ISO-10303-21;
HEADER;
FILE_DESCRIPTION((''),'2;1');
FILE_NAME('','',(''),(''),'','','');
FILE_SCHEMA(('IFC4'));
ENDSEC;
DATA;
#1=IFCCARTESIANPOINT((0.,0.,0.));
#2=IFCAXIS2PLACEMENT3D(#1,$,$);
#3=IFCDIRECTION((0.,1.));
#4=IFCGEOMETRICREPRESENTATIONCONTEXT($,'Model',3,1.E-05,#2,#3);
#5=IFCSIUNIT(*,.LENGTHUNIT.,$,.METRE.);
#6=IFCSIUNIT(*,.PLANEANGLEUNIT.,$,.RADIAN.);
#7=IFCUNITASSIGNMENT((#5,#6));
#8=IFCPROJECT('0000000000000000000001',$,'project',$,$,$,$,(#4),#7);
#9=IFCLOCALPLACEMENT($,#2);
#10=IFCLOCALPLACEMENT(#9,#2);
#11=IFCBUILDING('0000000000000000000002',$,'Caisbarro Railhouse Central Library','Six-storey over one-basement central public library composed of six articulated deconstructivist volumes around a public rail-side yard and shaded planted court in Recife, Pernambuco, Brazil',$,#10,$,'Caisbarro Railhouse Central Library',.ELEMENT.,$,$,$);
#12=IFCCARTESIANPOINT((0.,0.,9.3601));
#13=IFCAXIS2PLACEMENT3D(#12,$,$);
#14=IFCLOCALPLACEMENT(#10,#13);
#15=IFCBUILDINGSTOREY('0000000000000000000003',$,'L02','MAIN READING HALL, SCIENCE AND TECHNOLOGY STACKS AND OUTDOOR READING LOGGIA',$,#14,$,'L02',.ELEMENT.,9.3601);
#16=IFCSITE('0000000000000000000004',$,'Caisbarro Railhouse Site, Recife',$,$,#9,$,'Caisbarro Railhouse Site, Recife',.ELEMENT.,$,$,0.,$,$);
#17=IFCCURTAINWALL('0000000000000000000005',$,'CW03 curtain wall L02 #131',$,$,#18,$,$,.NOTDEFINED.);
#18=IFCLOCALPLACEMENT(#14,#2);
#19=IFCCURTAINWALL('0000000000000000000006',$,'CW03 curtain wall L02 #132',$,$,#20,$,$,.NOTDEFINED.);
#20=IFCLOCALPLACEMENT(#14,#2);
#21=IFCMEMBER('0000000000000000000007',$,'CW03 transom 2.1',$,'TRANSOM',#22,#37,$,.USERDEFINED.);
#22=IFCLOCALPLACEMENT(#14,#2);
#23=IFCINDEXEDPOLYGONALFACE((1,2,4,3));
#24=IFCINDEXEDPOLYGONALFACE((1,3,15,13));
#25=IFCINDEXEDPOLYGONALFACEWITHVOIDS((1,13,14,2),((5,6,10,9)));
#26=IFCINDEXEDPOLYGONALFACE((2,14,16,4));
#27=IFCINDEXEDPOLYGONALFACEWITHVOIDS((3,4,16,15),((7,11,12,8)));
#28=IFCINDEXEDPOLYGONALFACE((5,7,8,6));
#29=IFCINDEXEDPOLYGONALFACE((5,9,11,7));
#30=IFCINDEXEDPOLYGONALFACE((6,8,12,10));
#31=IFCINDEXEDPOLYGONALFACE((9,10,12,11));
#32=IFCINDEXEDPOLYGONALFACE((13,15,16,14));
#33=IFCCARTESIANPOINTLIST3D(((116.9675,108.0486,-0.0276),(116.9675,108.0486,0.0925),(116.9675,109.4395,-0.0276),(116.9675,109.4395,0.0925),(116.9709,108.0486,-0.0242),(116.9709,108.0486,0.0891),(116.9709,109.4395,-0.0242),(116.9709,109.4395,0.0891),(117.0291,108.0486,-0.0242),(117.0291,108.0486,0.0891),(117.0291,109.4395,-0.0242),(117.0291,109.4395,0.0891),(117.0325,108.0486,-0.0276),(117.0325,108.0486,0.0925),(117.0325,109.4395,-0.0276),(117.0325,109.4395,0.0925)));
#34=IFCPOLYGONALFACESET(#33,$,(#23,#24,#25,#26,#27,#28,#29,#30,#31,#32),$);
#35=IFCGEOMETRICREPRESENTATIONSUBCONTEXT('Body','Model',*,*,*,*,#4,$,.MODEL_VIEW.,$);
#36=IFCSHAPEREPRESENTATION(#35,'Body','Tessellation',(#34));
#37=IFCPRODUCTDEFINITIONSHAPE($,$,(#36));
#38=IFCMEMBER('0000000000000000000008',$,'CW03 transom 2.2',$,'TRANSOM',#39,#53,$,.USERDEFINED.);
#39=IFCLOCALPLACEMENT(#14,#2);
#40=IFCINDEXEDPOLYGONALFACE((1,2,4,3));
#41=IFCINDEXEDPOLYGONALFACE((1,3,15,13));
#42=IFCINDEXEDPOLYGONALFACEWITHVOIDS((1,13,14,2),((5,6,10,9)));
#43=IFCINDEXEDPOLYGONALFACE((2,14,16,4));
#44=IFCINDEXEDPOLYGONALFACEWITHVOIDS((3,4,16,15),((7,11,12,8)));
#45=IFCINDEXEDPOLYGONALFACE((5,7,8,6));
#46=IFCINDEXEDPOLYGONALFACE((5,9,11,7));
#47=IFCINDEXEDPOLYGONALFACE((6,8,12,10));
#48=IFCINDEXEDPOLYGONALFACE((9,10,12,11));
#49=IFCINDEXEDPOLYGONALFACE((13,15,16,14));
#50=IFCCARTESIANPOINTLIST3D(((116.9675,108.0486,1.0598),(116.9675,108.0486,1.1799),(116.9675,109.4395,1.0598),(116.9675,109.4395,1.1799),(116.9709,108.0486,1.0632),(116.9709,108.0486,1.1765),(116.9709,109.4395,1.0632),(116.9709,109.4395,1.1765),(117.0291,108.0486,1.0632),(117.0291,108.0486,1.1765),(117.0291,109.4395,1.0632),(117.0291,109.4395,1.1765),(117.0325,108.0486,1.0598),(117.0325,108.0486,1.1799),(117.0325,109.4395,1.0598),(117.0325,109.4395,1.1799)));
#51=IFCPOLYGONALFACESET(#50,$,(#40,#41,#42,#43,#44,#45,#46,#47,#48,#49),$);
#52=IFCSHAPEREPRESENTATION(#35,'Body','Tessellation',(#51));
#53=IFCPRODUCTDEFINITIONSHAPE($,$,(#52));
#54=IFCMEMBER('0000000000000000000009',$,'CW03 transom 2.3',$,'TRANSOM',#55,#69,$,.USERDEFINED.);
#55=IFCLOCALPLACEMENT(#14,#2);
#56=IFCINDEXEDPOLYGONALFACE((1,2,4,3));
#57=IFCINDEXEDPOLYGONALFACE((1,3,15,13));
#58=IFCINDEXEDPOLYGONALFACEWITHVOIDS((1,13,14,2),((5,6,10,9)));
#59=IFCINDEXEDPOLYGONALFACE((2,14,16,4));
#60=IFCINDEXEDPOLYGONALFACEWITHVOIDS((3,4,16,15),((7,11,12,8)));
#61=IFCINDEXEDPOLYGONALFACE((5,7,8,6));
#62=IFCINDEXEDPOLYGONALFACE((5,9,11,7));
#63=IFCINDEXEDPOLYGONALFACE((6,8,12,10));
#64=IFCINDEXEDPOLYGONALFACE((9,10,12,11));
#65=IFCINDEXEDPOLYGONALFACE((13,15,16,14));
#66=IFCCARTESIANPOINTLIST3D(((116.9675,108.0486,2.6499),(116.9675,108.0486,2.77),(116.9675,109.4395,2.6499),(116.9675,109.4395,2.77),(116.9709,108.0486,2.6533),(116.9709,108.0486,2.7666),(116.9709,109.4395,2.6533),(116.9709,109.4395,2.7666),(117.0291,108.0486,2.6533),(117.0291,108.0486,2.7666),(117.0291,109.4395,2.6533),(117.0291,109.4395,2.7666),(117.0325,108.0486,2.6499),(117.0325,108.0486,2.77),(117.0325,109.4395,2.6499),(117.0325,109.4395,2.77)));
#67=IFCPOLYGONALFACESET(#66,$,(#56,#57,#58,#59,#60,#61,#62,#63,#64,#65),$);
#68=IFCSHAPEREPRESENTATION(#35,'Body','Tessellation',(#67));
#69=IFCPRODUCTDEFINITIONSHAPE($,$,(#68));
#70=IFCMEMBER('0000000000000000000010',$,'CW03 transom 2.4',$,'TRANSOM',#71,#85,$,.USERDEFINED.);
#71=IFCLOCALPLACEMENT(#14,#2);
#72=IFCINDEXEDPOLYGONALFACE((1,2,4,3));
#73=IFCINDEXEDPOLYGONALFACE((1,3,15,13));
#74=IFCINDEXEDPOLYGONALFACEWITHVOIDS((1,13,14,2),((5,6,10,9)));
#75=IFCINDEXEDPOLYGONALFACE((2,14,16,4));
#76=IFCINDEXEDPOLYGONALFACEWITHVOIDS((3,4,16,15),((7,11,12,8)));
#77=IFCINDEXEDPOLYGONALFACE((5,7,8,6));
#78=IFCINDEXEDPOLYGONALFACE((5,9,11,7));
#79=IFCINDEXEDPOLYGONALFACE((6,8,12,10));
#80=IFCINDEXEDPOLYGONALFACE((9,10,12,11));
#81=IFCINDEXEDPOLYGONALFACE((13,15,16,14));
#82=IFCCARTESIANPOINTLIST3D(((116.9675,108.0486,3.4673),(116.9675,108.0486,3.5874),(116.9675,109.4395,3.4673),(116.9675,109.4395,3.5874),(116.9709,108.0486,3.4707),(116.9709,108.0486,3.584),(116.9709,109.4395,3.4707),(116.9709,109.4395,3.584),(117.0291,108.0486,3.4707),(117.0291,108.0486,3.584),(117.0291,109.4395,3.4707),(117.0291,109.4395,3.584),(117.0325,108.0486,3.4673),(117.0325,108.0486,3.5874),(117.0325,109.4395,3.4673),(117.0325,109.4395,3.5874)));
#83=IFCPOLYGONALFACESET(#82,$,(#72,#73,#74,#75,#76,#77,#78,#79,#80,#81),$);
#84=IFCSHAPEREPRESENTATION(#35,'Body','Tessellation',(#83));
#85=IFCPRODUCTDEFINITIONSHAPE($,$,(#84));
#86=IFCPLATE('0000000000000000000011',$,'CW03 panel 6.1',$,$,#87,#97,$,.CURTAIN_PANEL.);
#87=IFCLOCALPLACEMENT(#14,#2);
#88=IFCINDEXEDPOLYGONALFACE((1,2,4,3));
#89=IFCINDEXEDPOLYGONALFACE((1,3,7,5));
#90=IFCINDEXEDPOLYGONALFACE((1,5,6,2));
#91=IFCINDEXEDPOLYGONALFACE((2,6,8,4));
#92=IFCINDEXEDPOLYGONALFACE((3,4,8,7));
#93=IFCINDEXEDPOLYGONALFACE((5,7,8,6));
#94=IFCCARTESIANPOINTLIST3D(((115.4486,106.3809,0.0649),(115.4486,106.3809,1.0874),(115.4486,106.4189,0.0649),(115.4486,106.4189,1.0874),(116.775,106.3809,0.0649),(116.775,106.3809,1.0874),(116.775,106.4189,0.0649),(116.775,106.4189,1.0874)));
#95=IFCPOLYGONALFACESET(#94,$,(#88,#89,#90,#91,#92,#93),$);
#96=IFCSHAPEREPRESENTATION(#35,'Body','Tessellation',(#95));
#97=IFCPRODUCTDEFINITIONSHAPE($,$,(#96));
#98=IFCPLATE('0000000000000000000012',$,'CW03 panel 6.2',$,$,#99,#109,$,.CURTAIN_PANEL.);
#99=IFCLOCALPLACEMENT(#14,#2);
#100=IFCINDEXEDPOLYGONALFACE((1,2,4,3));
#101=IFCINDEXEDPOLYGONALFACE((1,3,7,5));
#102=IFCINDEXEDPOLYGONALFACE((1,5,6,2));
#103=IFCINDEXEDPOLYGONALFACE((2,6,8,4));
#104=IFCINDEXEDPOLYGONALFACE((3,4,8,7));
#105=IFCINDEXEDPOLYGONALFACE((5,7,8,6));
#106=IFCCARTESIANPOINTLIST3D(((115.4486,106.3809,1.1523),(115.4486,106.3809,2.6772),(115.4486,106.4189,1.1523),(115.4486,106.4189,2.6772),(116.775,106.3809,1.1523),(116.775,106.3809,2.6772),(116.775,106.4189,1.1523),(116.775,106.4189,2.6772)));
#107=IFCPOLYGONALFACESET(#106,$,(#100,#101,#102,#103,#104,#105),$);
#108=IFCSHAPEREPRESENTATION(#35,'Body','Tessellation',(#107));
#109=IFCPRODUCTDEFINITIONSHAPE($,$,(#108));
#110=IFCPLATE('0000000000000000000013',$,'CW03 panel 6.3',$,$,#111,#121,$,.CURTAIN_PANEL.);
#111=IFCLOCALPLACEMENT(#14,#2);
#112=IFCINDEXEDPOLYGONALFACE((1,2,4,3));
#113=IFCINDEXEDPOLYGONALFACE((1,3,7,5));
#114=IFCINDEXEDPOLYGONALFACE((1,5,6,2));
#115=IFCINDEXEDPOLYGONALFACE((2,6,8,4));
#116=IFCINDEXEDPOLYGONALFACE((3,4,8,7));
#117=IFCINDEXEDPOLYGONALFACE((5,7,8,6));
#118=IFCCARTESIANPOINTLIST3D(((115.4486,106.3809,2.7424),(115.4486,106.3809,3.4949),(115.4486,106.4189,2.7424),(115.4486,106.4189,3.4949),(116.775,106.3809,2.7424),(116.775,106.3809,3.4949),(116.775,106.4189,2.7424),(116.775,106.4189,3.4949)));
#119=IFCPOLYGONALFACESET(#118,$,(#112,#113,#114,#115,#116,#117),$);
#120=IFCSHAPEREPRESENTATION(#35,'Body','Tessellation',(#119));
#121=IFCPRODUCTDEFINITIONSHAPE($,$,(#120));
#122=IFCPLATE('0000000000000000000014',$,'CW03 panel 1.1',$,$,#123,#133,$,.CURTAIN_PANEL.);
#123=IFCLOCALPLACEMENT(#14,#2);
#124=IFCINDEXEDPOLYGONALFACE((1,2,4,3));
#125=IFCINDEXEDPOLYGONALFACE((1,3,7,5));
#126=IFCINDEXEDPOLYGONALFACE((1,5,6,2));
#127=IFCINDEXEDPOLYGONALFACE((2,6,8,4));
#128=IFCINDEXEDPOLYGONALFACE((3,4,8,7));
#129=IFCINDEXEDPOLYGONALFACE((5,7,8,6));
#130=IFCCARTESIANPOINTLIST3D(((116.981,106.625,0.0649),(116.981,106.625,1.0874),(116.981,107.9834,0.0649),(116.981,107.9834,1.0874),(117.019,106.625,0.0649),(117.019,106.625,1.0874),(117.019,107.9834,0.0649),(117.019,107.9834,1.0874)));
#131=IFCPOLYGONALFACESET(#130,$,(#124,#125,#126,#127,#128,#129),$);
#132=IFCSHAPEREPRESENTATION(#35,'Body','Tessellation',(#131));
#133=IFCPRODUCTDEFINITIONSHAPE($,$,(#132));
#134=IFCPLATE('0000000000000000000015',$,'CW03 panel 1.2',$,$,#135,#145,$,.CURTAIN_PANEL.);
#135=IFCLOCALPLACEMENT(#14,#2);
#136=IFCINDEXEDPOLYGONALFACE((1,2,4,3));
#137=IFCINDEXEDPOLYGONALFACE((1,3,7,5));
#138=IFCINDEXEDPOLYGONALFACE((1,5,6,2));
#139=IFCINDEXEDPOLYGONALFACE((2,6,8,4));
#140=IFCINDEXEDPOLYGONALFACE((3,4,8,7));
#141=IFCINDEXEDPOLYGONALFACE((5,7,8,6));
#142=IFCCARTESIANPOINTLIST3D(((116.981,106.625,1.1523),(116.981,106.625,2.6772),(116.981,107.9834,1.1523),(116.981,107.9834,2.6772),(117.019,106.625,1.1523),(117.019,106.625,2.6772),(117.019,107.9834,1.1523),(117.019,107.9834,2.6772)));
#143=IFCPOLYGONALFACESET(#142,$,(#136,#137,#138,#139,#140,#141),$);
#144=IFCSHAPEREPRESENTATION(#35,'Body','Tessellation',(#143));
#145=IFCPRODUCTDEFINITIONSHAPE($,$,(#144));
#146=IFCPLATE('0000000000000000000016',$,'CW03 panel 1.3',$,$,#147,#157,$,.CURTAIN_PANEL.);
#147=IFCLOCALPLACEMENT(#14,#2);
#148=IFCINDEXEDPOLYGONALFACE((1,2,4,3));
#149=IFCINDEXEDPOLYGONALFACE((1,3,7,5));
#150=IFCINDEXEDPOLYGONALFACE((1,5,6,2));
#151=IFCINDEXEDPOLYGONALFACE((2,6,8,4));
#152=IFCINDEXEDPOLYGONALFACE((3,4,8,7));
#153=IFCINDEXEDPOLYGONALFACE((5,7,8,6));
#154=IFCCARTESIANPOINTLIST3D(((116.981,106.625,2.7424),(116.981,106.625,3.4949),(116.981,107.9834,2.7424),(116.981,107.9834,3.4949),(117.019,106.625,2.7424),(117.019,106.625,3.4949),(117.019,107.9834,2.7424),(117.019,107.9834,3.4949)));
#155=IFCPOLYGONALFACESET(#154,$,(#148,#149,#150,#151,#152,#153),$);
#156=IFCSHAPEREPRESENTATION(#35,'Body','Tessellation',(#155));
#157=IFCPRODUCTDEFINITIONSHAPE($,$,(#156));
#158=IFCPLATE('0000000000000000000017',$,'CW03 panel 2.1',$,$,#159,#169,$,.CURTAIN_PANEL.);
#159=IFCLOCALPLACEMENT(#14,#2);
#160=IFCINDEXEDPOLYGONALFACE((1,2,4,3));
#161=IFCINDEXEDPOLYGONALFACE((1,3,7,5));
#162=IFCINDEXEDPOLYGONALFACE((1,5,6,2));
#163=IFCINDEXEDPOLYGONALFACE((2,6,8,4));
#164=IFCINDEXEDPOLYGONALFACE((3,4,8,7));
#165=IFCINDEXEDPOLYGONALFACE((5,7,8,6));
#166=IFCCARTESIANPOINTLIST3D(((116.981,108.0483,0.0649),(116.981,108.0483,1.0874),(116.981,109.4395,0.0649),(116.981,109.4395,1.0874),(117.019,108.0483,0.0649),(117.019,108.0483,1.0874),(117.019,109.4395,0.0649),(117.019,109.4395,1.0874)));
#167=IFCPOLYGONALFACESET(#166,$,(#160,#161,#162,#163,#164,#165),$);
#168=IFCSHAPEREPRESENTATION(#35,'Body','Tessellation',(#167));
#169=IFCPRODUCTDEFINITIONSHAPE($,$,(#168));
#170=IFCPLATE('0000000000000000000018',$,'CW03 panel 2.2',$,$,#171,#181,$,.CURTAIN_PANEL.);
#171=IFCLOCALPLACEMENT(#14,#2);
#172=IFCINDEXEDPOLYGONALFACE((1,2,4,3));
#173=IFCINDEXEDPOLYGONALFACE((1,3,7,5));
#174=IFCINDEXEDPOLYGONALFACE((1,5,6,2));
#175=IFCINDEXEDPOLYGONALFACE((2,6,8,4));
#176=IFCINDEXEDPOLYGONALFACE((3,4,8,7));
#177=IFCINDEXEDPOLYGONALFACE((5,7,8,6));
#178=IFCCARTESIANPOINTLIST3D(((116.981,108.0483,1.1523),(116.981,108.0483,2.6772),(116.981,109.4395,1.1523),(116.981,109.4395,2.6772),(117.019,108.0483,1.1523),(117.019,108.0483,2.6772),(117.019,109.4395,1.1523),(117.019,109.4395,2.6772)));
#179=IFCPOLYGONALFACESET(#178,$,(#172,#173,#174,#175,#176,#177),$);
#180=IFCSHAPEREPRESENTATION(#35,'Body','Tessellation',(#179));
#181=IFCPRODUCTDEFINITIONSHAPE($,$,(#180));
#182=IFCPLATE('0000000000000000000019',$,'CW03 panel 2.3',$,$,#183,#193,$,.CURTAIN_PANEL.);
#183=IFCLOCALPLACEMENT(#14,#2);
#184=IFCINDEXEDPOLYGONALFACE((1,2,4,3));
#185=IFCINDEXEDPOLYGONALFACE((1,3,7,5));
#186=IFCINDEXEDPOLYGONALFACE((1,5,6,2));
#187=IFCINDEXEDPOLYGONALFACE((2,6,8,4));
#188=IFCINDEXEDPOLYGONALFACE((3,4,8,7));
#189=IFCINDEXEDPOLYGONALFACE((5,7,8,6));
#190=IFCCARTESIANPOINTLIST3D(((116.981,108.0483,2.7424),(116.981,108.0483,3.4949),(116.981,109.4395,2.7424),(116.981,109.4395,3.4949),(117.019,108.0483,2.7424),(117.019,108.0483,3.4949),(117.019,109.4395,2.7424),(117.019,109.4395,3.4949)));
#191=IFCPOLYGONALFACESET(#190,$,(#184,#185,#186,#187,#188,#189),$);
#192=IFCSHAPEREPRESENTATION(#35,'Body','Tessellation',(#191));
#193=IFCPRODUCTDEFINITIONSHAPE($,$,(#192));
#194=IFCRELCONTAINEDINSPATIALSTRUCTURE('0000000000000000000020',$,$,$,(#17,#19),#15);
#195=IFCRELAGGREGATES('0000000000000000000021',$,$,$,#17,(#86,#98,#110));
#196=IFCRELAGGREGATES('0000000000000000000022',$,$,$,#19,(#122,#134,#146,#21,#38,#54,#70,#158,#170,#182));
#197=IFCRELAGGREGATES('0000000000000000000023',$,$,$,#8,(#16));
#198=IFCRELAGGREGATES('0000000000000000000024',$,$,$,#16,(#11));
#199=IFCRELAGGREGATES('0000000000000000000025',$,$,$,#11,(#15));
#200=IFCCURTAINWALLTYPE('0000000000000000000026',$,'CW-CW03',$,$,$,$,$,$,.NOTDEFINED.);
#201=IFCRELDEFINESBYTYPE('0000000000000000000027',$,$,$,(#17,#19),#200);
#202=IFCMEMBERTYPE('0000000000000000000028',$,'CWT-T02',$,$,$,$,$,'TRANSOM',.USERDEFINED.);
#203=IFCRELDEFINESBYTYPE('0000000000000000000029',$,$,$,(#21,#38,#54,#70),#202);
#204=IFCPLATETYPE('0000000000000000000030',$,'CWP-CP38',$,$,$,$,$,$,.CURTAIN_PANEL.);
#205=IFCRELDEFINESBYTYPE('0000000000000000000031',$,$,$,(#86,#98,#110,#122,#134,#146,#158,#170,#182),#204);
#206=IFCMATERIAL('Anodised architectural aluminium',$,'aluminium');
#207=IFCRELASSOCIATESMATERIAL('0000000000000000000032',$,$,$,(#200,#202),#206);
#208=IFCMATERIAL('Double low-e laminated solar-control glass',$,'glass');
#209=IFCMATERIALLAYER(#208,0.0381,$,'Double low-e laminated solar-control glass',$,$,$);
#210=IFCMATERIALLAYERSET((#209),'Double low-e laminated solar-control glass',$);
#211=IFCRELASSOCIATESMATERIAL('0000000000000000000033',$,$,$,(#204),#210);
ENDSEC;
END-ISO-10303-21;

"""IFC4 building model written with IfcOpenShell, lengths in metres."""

from ifc_helpers import new_model, si_unit, direction, frame, origin, origin_2d, place, context, subcontext, project, spatial, rectangle, hollow_rectangle, extrude, material, layer, layer_set, material_profile, profile_set, type_object, element, aggregate, save


model = new_model("IFC4")

# Units and contexts
model_context = context("Model", 3, precision=1e-05, world=origin(), true_north=direction((0.0, 1.0)))
body_context = subcontext(model_context, "Body", "Model", "MODEL_VIEW")
ifc_project = project(units=[si_unit("LENGTHUNIT", "METRE"), si_unit("PLANEANGLEUNIT", "RADIAN")], contexts=[model_context])

# Site, building, storey
site_placement = place(None, origin())
site = spatial("IfcSite", under=ifc_project, at=site_placement, Name="Caisbarro Railhouse Site, Recife", LongName="Caisbarro Railhouse Site, Recife", CompositionType="ELEMENT", RefElevation=0.0)
building_placement = place(site_placement, origin())
building = spatial("IfcBuilding", under=site, at=building_placement, Name="Caisbarro Railhouse Central Library", Description="Six-storey over one-basement central public library composed of six articulated deconstructivist volumes around a public rail-side yard and shaded planted court in Recife, Pernambuco, Brazil", LongName="Caisbarro Railhouse Central Library", CompositionType="ELEMENT")
storey_placement = place(building_placement, frame((0.0, 0.0, 9.3601)))
storey = spatial("IfcBuildingStorey", under=building, at=storey_placement, Name="L02", Description="MAIN READING HALL, SCIENCE AND TECHNOLOGY STACKS AND OUTDOOR READING LOGGIA", LongName="L02", CompositionType="ELEMENT", Elevation=9.3601)

# Curtain wall
ifc_material_1 = material(Name="Anodised architectural aluminium", Category="aluminium")
curtain_wall_type = type_object("IfcCurtainWallType", Name="CW-CW03", PredefinedType="NOTDEFINED", material=ifc_material_1)
curtain_wall_1_placement = place(storey_placement, origin())
curtain_wall_1 = element("IfcCurtainWall", 1, at=curtain_wall_1_placement, inside=storey, type_object=curtain_wall_type, Name="CW03 curtain wall L02 #131", PredefinedType="NOTDEFINED")

# Curtain wall
curtain_wall_2_placement = place(storey_placement, origin())
curtain_wall_2 = element("IfcCurtainWall", 2, at=curtain_wall_2_placement, inside=storey, type_object=curtain_wall_type, Name="CW03 curtain wall L02 #132", PredefinedType="NOTDEFINED")

# Members
ifc_material_profile_1 = material_profile(ifc_material_1, hollow_rectangle(XDim=0.0649, YDim=0.1201, WallThickness=0.0034, at=origin_2d()), Name="ALU-TRN-65X120")
ifc_profile_set_1 = profile_set([ifc_material_profile_1], Name="Anodised architectural aluminium")
member_type_1 = type_object("IfcMemberType", Name="CWT-T02", ElementType="TRANSOM", PredefinedType="USERDEFINED", material=ifc_profile_set_1)
member_1_placement = place(storey_placement, frame((117.0, 108.0486, 0.0325), z_axis=(0.0, 1.0, 0.0), x_axis=(-1.0, 0.0, 0.0)))
member_1 = element("IfcMember", 3, at=member_1_placement, type_object=member_type_1, Name="CW03 transom 2.1", ObjectType="TRANSOM", PredefinedType="USERDEFINED", context=body_context, shape_type="SweptSolid", body=[
    extrude(hollow_rectangle(XDim=0.0649, YDim=0.1201, WallThickness=0.0034, at=origin_2d()), origin(), (0.0, 0.0, 1.0), 1.3909),
])
member_2_placement = place(storey_placement, frame((117.0, 108.0486, 1.1199), z_axis=(0.0, 1.0, 0.0), x_axis=(-1.0, 0.0, 0.0)))
member_2 = element("IfcMember", 4, at=member_2_placement, type_object=member_type_1, Name="CW03 transom 2.2", ObjectType="TRANSOM", PredefinedType="USERDEFINED", context=body_context, shape_type="SweptSolid", body=[
    extrude(hollow_rectangle(XDim=0.0649, YDim=0.1201, WallThickness=0.0034, at=origin_2d()), origin(), (0.0, 0.0, 1.0), 1.3909),
])
member_3_placement = place(storey_placement, frame((117.0, 108.0486, 2.71), z_axis=(0.0, 1.0, 0.0), x_axis=(-1.0, 0.0, 0.0)))
member_3 = element("IfcMember", 5, at=member_3_placement, type_object=member_type_1, Name="CW03 transom 2.3", ObjectType="TRANSOM", PredefinedType="USERDEFINED", context=body_context, shape_type="SweptSolid", body=[
    extrude(hollow_rectangle(XDim=0.0649, YDim=0.1201, WallThickness=0.0034, at=origin_2d()), origin(), (0.0, 0.0, 1.0), 1.3909),
])
member_4_placement = place(storey_placement, frame((117.0, 108.0486, 3.5273), z_axis=(0.0, 1.0, 0.0), x_axis=(-1.0, 0.0, 0.0)))
member_4 = element("IfcMember", 6, at=member_4_placement, type_object=member_type_1, Name="CW03 transom 2.4", ObjectType="TRANSOM", PredefinedType="USERDEFINED", context=body_context, shape_type="SweptSolid", body=[
    extrude(hollow_rectangle(XDim=0.0649, YDim=0.1201, WallThickness=0.0034, at=origin_2d()), origin(), (0.0, 0.0, 1.0), 1.3909),
])

# Plates
ifc_material_2 = material(Name="Double low-e laminated solar-control glass", Category="glass")
ifc_layer_1 = layer(ifc_material_2, 0.0381, Name="Double low-e laminated solar-control glass")
ifc_layer_set_1 = layer_set([ifc_layer_1], Name="Double low-e laminated solar-control glass")
plate_type_1 = type_object("IfcPlateType", Name="CWP-CP38", PredefinedType="CURTAIN_PANEL", material=ifc_layer_set_1)
plate_1_placement = place(storey_placement, frame((116.1118, 106.3999, 0.0649), z_axis=(0.0, 0.0, 1.0), x_axis=(1.0, 0.0, 0.0)))
plate_1 = element("IfcPlate", 7, at=plate_1_placement, type_object=plate_type_1, Name="CW03 panel 6.1", PredefinedType="CURTAIN_PANEL", context=body_context, shape_type="SweptSolid", body=[
    extrude(rectangle(XDim=1.3264, YDim=0.0381, at=origin_2d()), origin(), (0.0, 0.0, 1.0), 1.0225),
])
plate_2_placement = place(storey_placement, frame((116.1118, 106.3999, 1.1523), z_axis=(0.0, 0.0, 1.0), x_axis=(1.0, 0.0, 0.0)))
plate_2 = element("IfcPlate", 8, at=plate_2_placement, type_object=plate_type_1, Name="CW03 panel 6.2", PredefinedType="CURTAIN_PANEL", context=body_context, shape_type="SweptSolid", body=[
    extrude(rectangle(XDim=1.3264, YDim=0.0381, at=origin_2d()), origin(), (0.0, 0.0, 1.0), 1.5249),
])
plate_3_placement = place(storey_placement, frame((116.1118, 106.3999, 2.7424), z_axis=(0.0, 0.0, 1.0), x_axis=(1.0, 0.0, 0.0)))
plate_3 = element("IfcPlate", 9, at=plate_3_placement, type_object=plate_type_1, Name="CW03 panel 6.3", PredefinedType="CURTAIN_PANEL", context=body_context, shape_type="SweptSolid", body=[
    extrude(rectangle(XDim=1.3264, YDim=0.0381, at=origin_2d()), origin(), (0.0, 0.0, 1.0), 0.7524),
])
aggregate(curtain_wall_1, [plate_1, plate_2, plate_3])
plate_4_placement = place(storey_placement, frame((117.0, 107.3042, 0.0649), z_axis=(0.0, 0.0, 1.0), x_axis=(0.0, 1.0, 0.0)))
plate_4 = element("IfcPlate", 10, at=plate_4_placement, type_object=plate_type_1, Name="CW03 panel 1.1", PredefinedType="CURTAIN_PANEL", context=body_context, shape_type="SweptSolid", body=[
    extrude(rectangle(XDim=1.3584, YDim=0.0381, at=origin_2d()), origin(), (0.0, 0.0, 1.0), 1.0225),
])
plate_5_placement = place(storey_placement, frame((117.0, 107.3042, 1.1523), z_axis=(0.0, 0.0, 1.0), x_axis=(0.0, 1.0, 0.0)))
plate_5 = element("IfcPlate", 11, at=plate_5_placement, type_object=plate_type_1, Name="CW03 panel 1.2", PredefinedType="CURTAIN_PANEL", context=body_context, shape_type="SweptSolid", body=[
    extrude(rectangle(XDim=1.3584, YDim=0.0381, at=origin_2d()), origin(), (0.0, 0.0, 1.0), 1.5249),
])
plate_6_placement = place(storey_placement, frame((117.0, 107.3042, 2.7424), z_axis=(0.0, 0.0, 1.0), x_axis=(0.0, 1.0, 0.0)))
plate_6 = element("IfcPlate", 12, at=plate_6_placement, type_object=plate_type_1, Name="CW03 panel 1.3", PredefinedType="CURTAIN_PANEL", context=body_context, shape_type="SweptSolid", body=[
    extrude(rectangle(XDim=1.3584, YDim=0.0381, at=origin_2d()), origin(), (0.0, 0.0, 1.0), 0.7524),
])
plate_7_placement = place(storey_placement, frame((117.0, 108.7439, 0.0649), z_axis=(0.0, 0.0, 1.0), x_axis=(0.0, 1.0, 0.0)))
plate_7 = element("IfcPlate", 13, at=plate_7_placement, type_object=plate_type_1, Name="CW03 panel 2.1", PredefinedType="CURTAIN_PANEL", context=body_context, shape_type="SweptSolid", body=[
    extrude(rectangle(XDim=1.3911, YDim=0.0381, at=origin_2d()), origin(), (0.0, 0.0, 1.0), 1.0225),
])
plate_8_placement = place(storey_placement, frame((117.0, 108.7439, 1.1523), z_axis=(0.0, 0.0, 1.0), x_axis=(0.0, 1.0, 0.0)))
plate_8 = element("IfcPlate", 14, at=plate_8_placement, type_object=plate_type_1, Name="CW03 panel 2.2", PredefinedType="CURTAIN_PANEL", context=body_context, shape_type="SweptSolid", body=[
    extrude(rectangle(XDim=1.3911, YDim=0.0381, at=origin_2d()), origin(), (0.0, 0.0, 1.0), 1.5249),
])
plate_9_placement = place(storey_placement, frame((117.0, 108.7439, 2.7424), z_axis=(0.0, 0.0, 1.0), x_axis=(0.0, 1.0, 0.0)))
plate_9 = element("IfcPlate", 15, at=plate_9_placement, type_object=plate_type_1, Name="CW03 panel 2.3", PredefinedType="CURTAIN_PANEL", context=body_context, shape_type="SweptSolid", body=[
    extrude(rectangle(XDim=1.3911, YDim=0.0381, at=origin_2d()), origin(), (0.0, 0.0, 1.0), 0.7524),
])
aggregate(curtain_wall_2, [plate_4, plate_5, plate_6, member_1, member_2, member_3, member_4, plate_7, plate_8, plate_9])

save(model, "model.ifc")
